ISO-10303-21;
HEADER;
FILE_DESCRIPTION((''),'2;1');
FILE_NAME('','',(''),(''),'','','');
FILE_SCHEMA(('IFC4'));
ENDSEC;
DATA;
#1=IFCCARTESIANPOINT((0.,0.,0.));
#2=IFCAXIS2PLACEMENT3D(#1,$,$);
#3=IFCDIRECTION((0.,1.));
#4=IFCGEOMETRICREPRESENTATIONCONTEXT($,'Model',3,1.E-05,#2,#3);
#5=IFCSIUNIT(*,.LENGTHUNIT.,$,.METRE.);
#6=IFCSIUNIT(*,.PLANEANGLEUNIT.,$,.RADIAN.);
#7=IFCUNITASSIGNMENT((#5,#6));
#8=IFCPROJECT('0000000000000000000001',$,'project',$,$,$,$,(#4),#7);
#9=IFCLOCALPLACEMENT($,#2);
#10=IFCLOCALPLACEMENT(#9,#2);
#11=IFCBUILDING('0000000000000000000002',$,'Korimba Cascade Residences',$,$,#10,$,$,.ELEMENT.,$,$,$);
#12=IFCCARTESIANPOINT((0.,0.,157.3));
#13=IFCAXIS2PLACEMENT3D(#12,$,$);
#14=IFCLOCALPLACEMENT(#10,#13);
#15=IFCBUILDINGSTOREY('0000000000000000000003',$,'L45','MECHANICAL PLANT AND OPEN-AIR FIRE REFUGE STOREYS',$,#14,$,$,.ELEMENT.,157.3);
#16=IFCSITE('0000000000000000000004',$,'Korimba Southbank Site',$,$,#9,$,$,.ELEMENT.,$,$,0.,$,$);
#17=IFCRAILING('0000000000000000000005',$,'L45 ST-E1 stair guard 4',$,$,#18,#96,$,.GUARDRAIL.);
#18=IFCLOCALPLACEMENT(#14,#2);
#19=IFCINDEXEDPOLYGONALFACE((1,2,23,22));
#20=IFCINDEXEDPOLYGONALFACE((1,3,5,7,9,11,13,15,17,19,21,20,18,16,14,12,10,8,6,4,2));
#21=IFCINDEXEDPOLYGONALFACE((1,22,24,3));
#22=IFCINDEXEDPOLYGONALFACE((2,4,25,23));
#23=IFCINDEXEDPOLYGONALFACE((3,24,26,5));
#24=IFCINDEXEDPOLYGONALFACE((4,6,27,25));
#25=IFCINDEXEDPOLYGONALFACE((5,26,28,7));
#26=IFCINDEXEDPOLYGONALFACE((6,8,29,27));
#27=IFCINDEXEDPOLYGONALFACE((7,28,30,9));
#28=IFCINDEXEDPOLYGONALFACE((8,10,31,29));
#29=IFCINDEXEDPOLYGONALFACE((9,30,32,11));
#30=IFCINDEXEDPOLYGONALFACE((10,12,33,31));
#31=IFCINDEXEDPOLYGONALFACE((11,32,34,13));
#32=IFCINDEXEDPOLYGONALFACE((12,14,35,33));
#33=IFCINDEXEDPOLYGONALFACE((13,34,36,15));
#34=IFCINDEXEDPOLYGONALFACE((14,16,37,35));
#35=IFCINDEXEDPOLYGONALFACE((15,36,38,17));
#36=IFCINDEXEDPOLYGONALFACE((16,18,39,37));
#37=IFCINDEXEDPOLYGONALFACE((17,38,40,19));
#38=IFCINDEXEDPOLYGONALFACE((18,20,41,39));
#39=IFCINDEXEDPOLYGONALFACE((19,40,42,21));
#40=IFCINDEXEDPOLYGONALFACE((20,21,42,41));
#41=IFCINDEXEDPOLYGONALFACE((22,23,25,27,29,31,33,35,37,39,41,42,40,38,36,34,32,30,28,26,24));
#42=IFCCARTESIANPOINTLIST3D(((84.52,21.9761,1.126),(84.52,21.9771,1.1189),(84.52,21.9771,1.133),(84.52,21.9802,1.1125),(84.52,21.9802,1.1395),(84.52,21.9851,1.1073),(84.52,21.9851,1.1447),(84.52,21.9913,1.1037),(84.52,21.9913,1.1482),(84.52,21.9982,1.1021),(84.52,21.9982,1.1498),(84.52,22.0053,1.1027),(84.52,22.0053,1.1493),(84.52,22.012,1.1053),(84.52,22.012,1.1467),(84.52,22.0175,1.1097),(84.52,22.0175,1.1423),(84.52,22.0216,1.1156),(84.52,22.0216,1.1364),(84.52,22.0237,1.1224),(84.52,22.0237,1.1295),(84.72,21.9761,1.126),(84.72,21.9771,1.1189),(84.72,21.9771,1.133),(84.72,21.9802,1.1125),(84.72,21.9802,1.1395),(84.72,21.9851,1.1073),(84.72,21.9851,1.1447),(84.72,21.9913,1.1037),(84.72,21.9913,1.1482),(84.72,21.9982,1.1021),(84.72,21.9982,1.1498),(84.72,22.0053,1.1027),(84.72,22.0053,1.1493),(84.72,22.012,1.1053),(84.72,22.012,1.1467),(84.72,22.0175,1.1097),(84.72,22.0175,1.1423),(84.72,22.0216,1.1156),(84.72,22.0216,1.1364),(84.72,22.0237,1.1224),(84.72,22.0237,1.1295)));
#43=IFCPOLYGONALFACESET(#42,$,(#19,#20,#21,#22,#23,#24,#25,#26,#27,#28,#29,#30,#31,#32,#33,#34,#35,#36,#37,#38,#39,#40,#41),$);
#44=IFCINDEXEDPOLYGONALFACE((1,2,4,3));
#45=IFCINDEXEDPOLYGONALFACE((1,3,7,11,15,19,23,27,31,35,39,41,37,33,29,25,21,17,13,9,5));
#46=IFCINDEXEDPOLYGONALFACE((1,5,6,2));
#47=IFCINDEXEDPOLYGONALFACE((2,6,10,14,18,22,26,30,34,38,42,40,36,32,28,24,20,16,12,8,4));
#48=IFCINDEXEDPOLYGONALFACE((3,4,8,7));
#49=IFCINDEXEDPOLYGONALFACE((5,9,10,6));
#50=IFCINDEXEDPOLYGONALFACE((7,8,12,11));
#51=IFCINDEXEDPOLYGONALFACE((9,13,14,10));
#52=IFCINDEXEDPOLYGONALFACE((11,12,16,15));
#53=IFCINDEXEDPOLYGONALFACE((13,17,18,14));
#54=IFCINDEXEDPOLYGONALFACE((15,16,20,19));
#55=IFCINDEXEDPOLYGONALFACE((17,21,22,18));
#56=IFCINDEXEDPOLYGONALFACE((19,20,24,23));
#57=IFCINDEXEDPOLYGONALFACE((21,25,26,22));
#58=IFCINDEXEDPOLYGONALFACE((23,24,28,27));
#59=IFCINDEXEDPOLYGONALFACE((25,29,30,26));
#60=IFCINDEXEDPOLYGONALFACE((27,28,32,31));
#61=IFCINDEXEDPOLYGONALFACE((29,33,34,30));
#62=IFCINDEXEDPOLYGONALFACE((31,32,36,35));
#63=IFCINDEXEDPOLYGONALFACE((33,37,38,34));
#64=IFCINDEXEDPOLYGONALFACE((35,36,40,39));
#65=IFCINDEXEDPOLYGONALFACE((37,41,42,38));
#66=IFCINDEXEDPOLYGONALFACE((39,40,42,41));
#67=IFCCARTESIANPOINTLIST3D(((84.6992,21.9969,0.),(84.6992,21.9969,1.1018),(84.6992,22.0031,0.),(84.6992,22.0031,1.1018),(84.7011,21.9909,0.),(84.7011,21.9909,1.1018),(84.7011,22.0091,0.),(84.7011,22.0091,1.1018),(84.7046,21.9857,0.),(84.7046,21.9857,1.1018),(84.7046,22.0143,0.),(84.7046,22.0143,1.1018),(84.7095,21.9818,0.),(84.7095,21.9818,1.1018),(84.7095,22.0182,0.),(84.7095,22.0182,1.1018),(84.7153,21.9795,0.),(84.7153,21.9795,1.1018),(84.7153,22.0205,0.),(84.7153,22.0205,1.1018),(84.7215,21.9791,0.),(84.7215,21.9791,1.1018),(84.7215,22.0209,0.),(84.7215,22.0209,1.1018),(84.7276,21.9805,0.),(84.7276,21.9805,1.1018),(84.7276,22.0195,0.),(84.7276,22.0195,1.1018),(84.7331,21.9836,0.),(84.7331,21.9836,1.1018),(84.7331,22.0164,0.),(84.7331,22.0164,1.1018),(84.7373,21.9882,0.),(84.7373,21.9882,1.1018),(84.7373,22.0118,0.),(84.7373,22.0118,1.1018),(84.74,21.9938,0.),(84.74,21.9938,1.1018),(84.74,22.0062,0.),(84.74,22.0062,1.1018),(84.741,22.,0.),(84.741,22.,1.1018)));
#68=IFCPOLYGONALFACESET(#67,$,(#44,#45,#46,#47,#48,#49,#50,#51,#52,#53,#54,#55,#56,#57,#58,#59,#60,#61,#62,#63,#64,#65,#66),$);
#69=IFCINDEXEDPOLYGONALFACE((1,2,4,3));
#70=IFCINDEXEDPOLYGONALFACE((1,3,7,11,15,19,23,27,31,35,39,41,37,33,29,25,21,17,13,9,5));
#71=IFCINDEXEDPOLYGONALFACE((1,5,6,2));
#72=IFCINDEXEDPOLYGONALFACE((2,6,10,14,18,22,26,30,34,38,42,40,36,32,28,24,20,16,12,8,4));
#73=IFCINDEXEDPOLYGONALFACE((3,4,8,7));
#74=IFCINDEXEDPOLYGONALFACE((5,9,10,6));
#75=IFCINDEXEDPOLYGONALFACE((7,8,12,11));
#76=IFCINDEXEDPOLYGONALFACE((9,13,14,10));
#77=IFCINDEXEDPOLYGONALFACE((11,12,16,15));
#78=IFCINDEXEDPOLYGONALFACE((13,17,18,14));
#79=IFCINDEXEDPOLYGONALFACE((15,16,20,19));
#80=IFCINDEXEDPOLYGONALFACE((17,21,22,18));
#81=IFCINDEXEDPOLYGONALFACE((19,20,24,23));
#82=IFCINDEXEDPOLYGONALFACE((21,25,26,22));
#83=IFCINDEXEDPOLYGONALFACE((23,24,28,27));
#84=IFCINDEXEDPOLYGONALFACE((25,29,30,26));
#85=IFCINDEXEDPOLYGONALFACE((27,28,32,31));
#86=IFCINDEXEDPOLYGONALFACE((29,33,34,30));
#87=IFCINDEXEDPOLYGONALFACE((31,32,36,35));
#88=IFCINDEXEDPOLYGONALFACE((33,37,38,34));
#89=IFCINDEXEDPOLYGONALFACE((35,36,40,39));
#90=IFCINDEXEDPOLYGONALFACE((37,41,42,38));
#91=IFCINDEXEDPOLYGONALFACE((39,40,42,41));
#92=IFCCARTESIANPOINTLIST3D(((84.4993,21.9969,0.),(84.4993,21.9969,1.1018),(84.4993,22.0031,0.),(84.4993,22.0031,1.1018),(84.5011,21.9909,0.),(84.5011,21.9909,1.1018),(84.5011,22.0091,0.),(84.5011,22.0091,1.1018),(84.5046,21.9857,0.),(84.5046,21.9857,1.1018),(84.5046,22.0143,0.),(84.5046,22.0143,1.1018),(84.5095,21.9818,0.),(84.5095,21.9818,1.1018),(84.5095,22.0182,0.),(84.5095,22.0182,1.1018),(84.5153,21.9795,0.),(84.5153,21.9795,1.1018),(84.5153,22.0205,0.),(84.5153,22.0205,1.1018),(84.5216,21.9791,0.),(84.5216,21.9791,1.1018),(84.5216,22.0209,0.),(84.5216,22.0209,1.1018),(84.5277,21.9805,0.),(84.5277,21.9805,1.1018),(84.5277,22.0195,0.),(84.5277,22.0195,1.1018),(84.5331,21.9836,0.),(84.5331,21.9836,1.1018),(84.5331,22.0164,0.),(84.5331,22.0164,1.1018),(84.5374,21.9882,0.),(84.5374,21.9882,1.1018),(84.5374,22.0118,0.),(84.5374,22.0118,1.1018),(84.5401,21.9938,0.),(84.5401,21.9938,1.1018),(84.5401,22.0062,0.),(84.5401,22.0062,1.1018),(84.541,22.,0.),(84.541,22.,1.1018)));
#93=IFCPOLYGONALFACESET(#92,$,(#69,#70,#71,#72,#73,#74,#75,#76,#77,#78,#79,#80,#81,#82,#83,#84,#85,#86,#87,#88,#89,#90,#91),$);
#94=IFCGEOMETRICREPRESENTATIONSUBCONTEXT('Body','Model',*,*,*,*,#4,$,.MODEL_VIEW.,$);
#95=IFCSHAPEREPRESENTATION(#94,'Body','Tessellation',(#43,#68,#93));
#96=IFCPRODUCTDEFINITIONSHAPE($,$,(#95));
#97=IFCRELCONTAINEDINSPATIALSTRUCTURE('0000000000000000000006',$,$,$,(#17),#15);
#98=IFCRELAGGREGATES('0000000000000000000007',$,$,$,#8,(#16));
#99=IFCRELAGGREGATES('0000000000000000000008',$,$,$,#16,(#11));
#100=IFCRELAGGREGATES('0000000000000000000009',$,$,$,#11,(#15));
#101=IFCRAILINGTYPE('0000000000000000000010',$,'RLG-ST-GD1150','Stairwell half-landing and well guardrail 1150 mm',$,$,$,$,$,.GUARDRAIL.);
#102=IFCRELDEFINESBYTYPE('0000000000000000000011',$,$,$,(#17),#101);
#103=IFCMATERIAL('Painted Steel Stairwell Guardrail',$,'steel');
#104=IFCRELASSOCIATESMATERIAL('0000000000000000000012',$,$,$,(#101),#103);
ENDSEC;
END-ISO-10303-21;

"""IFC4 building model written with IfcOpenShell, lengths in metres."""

from ifc_helpers import new_model, si_unit, direction, frame, origin, origin_2d, place, context, subcontext, project, spatial, circle, extrude, material, type_object, element, save


model = new_model("IFC4")

# Units and contexts
model_context = context("Model", 3, precision=1e-05, world=origin(), true_north=direction((0.0, 1.0)))
body_context = subcontext(model_context, "Body", "Model", "MODEL_VIEW")
ifc_project = project(units=[si_unit("LENGTHUNIT", "METRE"), si_unit("PLANEANGLEUNIT", "RADIAN")], contexts=[model_context])

# Site, building, storey
site_placement = place(None, origin())
site = spatial("IfcSite", under=ifc_project, at=site_placement, Name="Korimba Southbank Site", CompositionType="ELEMENT", RefElevation=0.0)
building_placement = place(site_placement, origin())
building = spatial("IfcBuilding", under=site, at=building_placement, Name="Korimba Cascade Residences", CompositionType="ELEMENT")
storey_placement = place(building_placement, frame((0.0, 0.0, 157.3)))
storey = spatial("IfcBuildingStorey", under=building, at=storey_placement, Name="L45", Description="MECHANICAL PLANT AND OPEN-AIR FIRE REFUGE STOREYS", CompositionType="ELEMENT", Elevation=157.3)

# Railing
ifc_material_1 = material(Name="Painted Steel Stairwell Guardrail", Category="steel")
railing_type = type_object("IfcRailingType", Name="RLG-ST-GD1150", Description="Stairwell half-landing and well guardrail 1150 mm", PredefinedType="GUARDRAIL", material=ifc_material_1)
railing_1_placement = place(storey_placement, frame((84.72, 22.0, 0.0)))
element("IfcRailing", 1, at=railing_1_placement, inside=storey, type_object=railing_type, Name="L45 ST-E1 stair guard 4", PredefinedType="GUARDRAIL", context=body_context, shape_type="SweptSolid", body=[
    extrude(circle(Radius=0.0239, at=origin_2d()), frame((0.0, 0.0, 1.126), z_axis=(-1.0, 0.0, 0.0), x_axis=(0.0, -1.0, 0.0)), (0.0, 0.0, 1.0), 0.2),
    extrude(circle(Radius=0.021, at=origin_2d()), origin(), (0.0, 0.0, 1.0), 1.1018),
    extrude(circle(Radius=0.021, at=origin_2d()), frame((-0.2, 0.0, 0.0)), (0.0, 0.0, 1.0), 1.1018),
])

save(model, "model.ifc")
